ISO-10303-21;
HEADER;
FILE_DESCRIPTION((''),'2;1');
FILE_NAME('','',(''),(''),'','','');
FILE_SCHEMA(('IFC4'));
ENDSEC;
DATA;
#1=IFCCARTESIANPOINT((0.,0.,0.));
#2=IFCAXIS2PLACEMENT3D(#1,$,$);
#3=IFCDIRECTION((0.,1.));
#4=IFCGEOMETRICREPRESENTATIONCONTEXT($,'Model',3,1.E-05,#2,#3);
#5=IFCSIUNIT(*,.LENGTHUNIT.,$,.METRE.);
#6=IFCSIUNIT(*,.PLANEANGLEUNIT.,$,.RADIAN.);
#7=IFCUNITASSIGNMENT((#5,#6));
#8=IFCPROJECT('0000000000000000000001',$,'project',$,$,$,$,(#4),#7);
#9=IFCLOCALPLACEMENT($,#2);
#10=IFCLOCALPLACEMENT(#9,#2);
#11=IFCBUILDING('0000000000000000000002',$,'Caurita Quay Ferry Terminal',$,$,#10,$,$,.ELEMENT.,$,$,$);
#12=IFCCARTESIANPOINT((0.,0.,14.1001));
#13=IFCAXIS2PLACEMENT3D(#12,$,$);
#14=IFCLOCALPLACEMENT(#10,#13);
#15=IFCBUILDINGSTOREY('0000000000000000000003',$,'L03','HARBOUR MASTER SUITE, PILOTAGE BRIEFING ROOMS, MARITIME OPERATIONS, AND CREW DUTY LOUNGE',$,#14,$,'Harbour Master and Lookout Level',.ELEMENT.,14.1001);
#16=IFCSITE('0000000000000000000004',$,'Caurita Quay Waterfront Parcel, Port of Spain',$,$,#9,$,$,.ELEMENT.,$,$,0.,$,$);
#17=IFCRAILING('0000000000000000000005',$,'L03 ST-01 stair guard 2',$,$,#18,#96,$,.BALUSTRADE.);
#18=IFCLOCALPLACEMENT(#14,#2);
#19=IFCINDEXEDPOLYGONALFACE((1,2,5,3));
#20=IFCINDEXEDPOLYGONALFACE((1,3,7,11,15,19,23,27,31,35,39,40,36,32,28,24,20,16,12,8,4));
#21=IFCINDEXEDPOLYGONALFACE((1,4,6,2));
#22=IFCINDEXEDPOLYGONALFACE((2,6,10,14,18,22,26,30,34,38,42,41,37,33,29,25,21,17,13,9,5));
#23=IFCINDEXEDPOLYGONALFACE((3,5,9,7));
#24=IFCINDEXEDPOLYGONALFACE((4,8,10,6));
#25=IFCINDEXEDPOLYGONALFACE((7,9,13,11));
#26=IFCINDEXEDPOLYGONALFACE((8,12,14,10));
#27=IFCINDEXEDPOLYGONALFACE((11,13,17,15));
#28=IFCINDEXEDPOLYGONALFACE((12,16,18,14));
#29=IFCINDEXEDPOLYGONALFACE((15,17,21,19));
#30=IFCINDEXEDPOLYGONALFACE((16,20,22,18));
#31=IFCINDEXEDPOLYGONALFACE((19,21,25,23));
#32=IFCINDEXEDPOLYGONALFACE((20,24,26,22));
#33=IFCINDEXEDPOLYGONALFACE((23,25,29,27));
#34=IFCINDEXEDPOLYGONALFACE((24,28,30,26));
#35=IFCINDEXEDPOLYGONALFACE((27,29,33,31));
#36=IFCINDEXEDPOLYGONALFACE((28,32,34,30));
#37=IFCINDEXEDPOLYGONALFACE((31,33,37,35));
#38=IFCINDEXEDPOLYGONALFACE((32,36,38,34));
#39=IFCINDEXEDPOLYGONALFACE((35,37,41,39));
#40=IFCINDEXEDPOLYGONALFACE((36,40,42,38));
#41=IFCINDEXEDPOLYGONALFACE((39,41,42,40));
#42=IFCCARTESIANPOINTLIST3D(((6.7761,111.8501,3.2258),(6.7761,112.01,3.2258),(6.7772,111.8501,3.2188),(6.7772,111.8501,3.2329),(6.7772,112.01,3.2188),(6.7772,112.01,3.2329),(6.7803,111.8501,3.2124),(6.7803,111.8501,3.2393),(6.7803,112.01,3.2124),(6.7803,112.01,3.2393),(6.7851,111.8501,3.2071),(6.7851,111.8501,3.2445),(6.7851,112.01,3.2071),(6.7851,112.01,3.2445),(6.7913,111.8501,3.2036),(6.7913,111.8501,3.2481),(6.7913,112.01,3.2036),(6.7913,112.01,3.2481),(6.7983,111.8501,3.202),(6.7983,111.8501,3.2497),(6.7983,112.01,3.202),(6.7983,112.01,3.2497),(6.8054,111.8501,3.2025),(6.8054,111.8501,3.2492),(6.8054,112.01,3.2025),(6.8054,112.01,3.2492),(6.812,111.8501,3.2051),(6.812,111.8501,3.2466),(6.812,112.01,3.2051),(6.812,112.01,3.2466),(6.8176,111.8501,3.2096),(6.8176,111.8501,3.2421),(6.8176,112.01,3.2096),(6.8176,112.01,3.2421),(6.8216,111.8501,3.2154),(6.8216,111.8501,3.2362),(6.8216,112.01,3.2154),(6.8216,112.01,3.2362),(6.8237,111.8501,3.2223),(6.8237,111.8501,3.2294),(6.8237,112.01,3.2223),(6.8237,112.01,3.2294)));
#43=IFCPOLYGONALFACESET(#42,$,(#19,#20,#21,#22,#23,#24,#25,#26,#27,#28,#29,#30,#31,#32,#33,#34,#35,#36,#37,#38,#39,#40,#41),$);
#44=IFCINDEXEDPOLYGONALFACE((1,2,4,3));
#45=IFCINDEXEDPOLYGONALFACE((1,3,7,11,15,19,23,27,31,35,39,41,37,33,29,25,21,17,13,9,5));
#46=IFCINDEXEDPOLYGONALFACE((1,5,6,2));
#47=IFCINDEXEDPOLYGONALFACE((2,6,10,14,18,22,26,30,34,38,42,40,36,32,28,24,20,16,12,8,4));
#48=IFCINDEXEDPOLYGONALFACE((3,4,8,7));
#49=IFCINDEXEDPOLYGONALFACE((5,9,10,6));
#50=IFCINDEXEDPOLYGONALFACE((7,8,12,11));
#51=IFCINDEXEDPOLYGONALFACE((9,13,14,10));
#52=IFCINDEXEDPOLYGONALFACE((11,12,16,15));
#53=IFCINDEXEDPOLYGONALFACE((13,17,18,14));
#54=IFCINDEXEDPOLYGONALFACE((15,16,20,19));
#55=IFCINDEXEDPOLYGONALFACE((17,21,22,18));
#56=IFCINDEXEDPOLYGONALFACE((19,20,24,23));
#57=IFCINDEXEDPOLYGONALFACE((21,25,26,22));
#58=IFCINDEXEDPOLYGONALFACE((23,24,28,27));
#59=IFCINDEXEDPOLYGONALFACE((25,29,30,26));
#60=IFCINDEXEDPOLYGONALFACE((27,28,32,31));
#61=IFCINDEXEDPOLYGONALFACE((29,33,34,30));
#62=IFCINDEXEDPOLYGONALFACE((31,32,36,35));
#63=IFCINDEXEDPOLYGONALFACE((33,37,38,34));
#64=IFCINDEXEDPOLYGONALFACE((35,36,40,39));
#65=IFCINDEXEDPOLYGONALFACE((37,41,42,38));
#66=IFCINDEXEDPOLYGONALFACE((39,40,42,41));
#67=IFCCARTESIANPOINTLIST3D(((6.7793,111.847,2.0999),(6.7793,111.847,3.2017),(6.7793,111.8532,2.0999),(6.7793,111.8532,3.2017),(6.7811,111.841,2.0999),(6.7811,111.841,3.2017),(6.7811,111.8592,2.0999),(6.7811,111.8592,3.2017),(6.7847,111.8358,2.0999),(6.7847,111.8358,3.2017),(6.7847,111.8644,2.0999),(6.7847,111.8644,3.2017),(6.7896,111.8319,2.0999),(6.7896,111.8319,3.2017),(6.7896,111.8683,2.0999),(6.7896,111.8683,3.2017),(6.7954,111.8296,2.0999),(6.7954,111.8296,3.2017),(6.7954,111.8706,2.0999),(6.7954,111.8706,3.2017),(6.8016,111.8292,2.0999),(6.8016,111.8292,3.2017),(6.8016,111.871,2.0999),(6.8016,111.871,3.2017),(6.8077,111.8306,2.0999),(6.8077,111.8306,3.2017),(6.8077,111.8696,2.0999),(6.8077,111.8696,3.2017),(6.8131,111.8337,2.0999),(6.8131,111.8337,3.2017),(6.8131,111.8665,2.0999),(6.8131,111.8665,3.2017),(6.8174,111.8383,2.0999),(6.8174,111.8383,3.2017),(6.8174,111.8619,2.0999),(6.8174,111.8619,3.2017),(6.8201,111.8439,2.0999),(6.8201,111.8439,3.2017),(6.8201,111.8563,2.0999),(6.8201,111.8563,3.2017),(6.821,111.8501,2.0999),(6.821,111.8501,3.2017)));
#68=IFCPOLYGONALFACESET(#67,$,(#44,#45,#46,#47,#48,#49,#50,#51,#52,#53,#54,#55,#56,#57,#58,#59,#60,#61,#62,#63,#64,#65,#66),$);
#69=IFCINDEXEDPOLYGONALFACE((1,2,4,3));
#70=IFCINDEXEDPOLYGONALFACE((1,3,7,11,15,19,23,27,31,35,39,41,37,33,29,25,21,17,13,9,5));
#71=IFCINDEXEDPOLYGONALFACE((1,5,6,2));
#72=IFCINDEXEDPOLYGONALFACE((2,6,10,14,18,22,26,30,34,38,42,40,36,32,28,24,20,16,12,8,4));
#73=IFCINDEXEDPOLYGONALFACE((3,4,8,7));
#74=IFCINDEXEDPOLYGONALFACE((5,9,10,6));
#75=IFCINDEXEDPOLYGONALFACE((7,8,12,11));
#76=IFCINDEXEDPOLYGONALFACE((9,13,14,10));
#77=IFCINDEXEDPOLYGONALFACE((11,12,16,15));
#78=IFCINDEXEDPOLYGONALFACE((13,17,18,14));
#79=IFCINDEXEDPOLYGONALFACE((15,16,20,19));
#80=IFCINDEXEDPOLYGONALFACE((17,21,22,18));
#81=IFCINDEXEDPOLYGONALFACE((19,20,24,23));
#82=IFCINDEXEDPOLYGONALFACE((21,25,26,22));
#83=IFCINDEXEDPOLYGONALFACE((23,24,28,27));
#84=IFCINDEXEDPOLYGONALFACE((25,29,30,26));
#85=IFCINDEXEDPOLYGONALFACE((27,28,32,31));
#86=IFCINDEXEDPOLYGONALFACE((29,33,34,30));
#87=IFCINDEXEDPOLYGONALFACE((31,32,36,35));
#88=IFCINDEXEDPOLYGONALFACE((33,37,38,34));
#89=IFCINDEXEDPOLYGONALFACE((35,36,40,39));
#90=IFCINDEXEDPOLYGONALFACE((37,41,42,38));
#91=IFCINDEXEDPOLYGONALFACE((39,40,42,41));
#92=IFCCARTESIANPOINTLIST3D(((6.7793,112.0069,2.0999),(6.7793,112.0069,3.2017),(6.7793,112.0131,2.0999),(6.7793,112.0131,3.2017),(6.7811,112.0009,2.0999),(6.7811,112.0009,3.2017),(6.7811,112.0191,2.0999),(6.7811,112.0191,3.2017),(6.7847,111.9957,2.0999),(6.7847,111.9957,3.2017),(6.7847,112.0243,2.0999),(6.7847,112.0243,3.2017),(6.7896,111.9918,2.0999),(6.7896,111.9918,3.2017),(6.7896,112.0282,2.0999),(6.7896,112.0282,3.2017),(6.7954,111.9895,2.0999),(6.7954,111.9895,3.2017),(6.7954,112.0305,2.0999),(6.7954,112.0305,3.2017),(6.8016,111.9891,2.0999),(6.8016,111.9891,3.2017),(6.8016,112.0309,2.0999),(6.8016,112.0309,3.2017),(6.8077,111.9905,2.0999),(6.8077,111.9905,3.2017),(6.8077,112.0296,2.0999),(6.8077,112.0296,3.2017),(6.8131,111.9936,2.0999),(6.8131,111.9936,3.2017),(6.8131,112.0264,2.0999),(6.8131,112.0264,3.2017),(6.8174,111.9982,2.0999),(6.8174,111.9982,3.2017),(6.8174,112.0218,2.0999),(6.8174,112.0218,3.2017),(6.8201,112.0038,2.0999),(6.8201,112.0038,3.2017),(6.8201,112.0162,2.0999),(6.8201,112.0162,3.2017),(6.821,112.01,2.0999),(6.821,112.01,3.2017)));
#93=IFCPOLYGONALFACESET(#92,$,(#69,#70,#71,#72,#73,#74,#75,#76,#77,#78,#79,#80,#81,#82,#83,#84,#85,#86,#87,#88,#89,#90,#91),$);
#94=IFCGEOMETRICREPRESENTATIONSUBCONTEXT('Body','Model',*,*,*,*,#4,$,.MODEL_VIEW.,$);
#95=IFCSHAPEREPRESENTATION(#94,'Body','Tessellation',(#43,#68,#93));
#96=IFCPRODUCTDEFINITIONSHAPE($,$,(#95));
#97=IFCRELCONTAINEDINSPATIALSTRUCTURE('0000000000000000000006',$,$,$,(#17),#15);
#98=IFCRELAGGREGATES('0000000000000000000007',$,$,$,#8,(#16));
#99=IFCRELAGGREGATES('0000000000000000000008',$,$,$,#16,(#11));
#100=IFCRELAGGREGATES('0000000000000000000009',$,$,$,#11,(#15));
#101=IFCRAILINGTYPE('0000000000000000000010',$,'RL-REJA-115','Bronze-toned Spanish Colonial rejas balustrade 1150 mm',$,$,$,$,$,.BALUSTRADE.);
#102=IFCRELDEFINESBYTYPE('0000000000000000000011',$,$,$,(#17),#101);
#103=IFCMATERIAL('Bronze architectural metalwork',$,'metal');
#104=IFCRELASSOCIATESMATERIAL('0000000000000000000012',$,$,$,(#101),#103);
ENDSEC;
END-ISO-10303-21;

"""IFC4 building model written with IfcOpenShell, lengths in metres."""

from ifc_helpers import new_model, si_unit, direction, frame, origin, origin_2d, place, context, subcontext, project, spatial, circle, extrude, material, type_object, element, save


model = new_model("IFC4")

# Units and contexts
model_context = context("Model", 3, precision=1e-05, world=origin(), true_north=direction((0.0, 1.0)))
body_context = subcontext(model_context, "Body", "Model", "MODEL_VIEW")
ifc_project = project(units=[si_unit("LENGTHUNIT", "METRE"), si_unit("PLANEANGLEUNIT", "RADIAN")], contexts=[model_context])

# Site, building, storey
site_placement = place(None, origin())
site = spatial("IfcSite", under=ifc_project, at=site_placement, Name="Caurita Quay Waterfront Parcel, Port of Spain", CompositionType="ELEMENT", RefElevation=0.0)
building_placement = place(site_placement, origin())
building = spatial("IfcBuilding", under=site, at=building_placement, Name="Caurita Quay Ferry Terminal", CompositionType="ELEMENT")
storey_placement = place(building_placement, frame((0.0, 0.0, 14.1001)))
storey = spatial("IfcBuildingStorey", under=building, at=storey_placement, Name="L03", Description="HARBOUR MASTER SUITE, PILOTAGE BRIEFING ROOMS, MARITIME OPERATIONS, AND CREW DUTY LOUNGE", LongName="Harbour Master and Lookout Level", CompositionType="ELEMENT", Elevation=14.1001)

# Railing
ifc_material_1 = material(Name="Bronze architectural metalwork", Category="metal")
railing_type_1 = type_object("IfcRailingType", Name="RL-REJA-115", Description="Bronze-toned Spanish Colonial rejas balustrade 1150 mm", PredefinedType="BALUSTRADE", material=ifc_material_1)
railing_1_placement = place(storey_placement, frame((6.8, 111.8501, 2.0999)))
element("IfcRailing", 1, at=railing_1_placement, inside=storey, type_object=railing_type_1, Name="L03 ST-01 stair guard 2", PredefinedType="BALUSTRADE", context=body_context, shape_type="SweptSolid", body=[
    extrude(circle(Radius=0.0239, at=origin_2d()), frame((0.0, 0.0, 1.126), z_axis=(0.0, 1.0, 0.0), x_axis=(-1.0, 0.0, 0.0)), (0.0, 0.0, 1.0), 0.1599),
    extrude(circle(Radius=0.021, at=origin_2d()), origin(), (0.0, 0.0, 1.0), 1.1018),
    extrude(circle(Radius=0.021, at=origin_2d()), frame((0.0, 0.1599, 0.0)), (0.0, 0.0, 1.0), 1.1018),
])

save(model, "model.ifc")
